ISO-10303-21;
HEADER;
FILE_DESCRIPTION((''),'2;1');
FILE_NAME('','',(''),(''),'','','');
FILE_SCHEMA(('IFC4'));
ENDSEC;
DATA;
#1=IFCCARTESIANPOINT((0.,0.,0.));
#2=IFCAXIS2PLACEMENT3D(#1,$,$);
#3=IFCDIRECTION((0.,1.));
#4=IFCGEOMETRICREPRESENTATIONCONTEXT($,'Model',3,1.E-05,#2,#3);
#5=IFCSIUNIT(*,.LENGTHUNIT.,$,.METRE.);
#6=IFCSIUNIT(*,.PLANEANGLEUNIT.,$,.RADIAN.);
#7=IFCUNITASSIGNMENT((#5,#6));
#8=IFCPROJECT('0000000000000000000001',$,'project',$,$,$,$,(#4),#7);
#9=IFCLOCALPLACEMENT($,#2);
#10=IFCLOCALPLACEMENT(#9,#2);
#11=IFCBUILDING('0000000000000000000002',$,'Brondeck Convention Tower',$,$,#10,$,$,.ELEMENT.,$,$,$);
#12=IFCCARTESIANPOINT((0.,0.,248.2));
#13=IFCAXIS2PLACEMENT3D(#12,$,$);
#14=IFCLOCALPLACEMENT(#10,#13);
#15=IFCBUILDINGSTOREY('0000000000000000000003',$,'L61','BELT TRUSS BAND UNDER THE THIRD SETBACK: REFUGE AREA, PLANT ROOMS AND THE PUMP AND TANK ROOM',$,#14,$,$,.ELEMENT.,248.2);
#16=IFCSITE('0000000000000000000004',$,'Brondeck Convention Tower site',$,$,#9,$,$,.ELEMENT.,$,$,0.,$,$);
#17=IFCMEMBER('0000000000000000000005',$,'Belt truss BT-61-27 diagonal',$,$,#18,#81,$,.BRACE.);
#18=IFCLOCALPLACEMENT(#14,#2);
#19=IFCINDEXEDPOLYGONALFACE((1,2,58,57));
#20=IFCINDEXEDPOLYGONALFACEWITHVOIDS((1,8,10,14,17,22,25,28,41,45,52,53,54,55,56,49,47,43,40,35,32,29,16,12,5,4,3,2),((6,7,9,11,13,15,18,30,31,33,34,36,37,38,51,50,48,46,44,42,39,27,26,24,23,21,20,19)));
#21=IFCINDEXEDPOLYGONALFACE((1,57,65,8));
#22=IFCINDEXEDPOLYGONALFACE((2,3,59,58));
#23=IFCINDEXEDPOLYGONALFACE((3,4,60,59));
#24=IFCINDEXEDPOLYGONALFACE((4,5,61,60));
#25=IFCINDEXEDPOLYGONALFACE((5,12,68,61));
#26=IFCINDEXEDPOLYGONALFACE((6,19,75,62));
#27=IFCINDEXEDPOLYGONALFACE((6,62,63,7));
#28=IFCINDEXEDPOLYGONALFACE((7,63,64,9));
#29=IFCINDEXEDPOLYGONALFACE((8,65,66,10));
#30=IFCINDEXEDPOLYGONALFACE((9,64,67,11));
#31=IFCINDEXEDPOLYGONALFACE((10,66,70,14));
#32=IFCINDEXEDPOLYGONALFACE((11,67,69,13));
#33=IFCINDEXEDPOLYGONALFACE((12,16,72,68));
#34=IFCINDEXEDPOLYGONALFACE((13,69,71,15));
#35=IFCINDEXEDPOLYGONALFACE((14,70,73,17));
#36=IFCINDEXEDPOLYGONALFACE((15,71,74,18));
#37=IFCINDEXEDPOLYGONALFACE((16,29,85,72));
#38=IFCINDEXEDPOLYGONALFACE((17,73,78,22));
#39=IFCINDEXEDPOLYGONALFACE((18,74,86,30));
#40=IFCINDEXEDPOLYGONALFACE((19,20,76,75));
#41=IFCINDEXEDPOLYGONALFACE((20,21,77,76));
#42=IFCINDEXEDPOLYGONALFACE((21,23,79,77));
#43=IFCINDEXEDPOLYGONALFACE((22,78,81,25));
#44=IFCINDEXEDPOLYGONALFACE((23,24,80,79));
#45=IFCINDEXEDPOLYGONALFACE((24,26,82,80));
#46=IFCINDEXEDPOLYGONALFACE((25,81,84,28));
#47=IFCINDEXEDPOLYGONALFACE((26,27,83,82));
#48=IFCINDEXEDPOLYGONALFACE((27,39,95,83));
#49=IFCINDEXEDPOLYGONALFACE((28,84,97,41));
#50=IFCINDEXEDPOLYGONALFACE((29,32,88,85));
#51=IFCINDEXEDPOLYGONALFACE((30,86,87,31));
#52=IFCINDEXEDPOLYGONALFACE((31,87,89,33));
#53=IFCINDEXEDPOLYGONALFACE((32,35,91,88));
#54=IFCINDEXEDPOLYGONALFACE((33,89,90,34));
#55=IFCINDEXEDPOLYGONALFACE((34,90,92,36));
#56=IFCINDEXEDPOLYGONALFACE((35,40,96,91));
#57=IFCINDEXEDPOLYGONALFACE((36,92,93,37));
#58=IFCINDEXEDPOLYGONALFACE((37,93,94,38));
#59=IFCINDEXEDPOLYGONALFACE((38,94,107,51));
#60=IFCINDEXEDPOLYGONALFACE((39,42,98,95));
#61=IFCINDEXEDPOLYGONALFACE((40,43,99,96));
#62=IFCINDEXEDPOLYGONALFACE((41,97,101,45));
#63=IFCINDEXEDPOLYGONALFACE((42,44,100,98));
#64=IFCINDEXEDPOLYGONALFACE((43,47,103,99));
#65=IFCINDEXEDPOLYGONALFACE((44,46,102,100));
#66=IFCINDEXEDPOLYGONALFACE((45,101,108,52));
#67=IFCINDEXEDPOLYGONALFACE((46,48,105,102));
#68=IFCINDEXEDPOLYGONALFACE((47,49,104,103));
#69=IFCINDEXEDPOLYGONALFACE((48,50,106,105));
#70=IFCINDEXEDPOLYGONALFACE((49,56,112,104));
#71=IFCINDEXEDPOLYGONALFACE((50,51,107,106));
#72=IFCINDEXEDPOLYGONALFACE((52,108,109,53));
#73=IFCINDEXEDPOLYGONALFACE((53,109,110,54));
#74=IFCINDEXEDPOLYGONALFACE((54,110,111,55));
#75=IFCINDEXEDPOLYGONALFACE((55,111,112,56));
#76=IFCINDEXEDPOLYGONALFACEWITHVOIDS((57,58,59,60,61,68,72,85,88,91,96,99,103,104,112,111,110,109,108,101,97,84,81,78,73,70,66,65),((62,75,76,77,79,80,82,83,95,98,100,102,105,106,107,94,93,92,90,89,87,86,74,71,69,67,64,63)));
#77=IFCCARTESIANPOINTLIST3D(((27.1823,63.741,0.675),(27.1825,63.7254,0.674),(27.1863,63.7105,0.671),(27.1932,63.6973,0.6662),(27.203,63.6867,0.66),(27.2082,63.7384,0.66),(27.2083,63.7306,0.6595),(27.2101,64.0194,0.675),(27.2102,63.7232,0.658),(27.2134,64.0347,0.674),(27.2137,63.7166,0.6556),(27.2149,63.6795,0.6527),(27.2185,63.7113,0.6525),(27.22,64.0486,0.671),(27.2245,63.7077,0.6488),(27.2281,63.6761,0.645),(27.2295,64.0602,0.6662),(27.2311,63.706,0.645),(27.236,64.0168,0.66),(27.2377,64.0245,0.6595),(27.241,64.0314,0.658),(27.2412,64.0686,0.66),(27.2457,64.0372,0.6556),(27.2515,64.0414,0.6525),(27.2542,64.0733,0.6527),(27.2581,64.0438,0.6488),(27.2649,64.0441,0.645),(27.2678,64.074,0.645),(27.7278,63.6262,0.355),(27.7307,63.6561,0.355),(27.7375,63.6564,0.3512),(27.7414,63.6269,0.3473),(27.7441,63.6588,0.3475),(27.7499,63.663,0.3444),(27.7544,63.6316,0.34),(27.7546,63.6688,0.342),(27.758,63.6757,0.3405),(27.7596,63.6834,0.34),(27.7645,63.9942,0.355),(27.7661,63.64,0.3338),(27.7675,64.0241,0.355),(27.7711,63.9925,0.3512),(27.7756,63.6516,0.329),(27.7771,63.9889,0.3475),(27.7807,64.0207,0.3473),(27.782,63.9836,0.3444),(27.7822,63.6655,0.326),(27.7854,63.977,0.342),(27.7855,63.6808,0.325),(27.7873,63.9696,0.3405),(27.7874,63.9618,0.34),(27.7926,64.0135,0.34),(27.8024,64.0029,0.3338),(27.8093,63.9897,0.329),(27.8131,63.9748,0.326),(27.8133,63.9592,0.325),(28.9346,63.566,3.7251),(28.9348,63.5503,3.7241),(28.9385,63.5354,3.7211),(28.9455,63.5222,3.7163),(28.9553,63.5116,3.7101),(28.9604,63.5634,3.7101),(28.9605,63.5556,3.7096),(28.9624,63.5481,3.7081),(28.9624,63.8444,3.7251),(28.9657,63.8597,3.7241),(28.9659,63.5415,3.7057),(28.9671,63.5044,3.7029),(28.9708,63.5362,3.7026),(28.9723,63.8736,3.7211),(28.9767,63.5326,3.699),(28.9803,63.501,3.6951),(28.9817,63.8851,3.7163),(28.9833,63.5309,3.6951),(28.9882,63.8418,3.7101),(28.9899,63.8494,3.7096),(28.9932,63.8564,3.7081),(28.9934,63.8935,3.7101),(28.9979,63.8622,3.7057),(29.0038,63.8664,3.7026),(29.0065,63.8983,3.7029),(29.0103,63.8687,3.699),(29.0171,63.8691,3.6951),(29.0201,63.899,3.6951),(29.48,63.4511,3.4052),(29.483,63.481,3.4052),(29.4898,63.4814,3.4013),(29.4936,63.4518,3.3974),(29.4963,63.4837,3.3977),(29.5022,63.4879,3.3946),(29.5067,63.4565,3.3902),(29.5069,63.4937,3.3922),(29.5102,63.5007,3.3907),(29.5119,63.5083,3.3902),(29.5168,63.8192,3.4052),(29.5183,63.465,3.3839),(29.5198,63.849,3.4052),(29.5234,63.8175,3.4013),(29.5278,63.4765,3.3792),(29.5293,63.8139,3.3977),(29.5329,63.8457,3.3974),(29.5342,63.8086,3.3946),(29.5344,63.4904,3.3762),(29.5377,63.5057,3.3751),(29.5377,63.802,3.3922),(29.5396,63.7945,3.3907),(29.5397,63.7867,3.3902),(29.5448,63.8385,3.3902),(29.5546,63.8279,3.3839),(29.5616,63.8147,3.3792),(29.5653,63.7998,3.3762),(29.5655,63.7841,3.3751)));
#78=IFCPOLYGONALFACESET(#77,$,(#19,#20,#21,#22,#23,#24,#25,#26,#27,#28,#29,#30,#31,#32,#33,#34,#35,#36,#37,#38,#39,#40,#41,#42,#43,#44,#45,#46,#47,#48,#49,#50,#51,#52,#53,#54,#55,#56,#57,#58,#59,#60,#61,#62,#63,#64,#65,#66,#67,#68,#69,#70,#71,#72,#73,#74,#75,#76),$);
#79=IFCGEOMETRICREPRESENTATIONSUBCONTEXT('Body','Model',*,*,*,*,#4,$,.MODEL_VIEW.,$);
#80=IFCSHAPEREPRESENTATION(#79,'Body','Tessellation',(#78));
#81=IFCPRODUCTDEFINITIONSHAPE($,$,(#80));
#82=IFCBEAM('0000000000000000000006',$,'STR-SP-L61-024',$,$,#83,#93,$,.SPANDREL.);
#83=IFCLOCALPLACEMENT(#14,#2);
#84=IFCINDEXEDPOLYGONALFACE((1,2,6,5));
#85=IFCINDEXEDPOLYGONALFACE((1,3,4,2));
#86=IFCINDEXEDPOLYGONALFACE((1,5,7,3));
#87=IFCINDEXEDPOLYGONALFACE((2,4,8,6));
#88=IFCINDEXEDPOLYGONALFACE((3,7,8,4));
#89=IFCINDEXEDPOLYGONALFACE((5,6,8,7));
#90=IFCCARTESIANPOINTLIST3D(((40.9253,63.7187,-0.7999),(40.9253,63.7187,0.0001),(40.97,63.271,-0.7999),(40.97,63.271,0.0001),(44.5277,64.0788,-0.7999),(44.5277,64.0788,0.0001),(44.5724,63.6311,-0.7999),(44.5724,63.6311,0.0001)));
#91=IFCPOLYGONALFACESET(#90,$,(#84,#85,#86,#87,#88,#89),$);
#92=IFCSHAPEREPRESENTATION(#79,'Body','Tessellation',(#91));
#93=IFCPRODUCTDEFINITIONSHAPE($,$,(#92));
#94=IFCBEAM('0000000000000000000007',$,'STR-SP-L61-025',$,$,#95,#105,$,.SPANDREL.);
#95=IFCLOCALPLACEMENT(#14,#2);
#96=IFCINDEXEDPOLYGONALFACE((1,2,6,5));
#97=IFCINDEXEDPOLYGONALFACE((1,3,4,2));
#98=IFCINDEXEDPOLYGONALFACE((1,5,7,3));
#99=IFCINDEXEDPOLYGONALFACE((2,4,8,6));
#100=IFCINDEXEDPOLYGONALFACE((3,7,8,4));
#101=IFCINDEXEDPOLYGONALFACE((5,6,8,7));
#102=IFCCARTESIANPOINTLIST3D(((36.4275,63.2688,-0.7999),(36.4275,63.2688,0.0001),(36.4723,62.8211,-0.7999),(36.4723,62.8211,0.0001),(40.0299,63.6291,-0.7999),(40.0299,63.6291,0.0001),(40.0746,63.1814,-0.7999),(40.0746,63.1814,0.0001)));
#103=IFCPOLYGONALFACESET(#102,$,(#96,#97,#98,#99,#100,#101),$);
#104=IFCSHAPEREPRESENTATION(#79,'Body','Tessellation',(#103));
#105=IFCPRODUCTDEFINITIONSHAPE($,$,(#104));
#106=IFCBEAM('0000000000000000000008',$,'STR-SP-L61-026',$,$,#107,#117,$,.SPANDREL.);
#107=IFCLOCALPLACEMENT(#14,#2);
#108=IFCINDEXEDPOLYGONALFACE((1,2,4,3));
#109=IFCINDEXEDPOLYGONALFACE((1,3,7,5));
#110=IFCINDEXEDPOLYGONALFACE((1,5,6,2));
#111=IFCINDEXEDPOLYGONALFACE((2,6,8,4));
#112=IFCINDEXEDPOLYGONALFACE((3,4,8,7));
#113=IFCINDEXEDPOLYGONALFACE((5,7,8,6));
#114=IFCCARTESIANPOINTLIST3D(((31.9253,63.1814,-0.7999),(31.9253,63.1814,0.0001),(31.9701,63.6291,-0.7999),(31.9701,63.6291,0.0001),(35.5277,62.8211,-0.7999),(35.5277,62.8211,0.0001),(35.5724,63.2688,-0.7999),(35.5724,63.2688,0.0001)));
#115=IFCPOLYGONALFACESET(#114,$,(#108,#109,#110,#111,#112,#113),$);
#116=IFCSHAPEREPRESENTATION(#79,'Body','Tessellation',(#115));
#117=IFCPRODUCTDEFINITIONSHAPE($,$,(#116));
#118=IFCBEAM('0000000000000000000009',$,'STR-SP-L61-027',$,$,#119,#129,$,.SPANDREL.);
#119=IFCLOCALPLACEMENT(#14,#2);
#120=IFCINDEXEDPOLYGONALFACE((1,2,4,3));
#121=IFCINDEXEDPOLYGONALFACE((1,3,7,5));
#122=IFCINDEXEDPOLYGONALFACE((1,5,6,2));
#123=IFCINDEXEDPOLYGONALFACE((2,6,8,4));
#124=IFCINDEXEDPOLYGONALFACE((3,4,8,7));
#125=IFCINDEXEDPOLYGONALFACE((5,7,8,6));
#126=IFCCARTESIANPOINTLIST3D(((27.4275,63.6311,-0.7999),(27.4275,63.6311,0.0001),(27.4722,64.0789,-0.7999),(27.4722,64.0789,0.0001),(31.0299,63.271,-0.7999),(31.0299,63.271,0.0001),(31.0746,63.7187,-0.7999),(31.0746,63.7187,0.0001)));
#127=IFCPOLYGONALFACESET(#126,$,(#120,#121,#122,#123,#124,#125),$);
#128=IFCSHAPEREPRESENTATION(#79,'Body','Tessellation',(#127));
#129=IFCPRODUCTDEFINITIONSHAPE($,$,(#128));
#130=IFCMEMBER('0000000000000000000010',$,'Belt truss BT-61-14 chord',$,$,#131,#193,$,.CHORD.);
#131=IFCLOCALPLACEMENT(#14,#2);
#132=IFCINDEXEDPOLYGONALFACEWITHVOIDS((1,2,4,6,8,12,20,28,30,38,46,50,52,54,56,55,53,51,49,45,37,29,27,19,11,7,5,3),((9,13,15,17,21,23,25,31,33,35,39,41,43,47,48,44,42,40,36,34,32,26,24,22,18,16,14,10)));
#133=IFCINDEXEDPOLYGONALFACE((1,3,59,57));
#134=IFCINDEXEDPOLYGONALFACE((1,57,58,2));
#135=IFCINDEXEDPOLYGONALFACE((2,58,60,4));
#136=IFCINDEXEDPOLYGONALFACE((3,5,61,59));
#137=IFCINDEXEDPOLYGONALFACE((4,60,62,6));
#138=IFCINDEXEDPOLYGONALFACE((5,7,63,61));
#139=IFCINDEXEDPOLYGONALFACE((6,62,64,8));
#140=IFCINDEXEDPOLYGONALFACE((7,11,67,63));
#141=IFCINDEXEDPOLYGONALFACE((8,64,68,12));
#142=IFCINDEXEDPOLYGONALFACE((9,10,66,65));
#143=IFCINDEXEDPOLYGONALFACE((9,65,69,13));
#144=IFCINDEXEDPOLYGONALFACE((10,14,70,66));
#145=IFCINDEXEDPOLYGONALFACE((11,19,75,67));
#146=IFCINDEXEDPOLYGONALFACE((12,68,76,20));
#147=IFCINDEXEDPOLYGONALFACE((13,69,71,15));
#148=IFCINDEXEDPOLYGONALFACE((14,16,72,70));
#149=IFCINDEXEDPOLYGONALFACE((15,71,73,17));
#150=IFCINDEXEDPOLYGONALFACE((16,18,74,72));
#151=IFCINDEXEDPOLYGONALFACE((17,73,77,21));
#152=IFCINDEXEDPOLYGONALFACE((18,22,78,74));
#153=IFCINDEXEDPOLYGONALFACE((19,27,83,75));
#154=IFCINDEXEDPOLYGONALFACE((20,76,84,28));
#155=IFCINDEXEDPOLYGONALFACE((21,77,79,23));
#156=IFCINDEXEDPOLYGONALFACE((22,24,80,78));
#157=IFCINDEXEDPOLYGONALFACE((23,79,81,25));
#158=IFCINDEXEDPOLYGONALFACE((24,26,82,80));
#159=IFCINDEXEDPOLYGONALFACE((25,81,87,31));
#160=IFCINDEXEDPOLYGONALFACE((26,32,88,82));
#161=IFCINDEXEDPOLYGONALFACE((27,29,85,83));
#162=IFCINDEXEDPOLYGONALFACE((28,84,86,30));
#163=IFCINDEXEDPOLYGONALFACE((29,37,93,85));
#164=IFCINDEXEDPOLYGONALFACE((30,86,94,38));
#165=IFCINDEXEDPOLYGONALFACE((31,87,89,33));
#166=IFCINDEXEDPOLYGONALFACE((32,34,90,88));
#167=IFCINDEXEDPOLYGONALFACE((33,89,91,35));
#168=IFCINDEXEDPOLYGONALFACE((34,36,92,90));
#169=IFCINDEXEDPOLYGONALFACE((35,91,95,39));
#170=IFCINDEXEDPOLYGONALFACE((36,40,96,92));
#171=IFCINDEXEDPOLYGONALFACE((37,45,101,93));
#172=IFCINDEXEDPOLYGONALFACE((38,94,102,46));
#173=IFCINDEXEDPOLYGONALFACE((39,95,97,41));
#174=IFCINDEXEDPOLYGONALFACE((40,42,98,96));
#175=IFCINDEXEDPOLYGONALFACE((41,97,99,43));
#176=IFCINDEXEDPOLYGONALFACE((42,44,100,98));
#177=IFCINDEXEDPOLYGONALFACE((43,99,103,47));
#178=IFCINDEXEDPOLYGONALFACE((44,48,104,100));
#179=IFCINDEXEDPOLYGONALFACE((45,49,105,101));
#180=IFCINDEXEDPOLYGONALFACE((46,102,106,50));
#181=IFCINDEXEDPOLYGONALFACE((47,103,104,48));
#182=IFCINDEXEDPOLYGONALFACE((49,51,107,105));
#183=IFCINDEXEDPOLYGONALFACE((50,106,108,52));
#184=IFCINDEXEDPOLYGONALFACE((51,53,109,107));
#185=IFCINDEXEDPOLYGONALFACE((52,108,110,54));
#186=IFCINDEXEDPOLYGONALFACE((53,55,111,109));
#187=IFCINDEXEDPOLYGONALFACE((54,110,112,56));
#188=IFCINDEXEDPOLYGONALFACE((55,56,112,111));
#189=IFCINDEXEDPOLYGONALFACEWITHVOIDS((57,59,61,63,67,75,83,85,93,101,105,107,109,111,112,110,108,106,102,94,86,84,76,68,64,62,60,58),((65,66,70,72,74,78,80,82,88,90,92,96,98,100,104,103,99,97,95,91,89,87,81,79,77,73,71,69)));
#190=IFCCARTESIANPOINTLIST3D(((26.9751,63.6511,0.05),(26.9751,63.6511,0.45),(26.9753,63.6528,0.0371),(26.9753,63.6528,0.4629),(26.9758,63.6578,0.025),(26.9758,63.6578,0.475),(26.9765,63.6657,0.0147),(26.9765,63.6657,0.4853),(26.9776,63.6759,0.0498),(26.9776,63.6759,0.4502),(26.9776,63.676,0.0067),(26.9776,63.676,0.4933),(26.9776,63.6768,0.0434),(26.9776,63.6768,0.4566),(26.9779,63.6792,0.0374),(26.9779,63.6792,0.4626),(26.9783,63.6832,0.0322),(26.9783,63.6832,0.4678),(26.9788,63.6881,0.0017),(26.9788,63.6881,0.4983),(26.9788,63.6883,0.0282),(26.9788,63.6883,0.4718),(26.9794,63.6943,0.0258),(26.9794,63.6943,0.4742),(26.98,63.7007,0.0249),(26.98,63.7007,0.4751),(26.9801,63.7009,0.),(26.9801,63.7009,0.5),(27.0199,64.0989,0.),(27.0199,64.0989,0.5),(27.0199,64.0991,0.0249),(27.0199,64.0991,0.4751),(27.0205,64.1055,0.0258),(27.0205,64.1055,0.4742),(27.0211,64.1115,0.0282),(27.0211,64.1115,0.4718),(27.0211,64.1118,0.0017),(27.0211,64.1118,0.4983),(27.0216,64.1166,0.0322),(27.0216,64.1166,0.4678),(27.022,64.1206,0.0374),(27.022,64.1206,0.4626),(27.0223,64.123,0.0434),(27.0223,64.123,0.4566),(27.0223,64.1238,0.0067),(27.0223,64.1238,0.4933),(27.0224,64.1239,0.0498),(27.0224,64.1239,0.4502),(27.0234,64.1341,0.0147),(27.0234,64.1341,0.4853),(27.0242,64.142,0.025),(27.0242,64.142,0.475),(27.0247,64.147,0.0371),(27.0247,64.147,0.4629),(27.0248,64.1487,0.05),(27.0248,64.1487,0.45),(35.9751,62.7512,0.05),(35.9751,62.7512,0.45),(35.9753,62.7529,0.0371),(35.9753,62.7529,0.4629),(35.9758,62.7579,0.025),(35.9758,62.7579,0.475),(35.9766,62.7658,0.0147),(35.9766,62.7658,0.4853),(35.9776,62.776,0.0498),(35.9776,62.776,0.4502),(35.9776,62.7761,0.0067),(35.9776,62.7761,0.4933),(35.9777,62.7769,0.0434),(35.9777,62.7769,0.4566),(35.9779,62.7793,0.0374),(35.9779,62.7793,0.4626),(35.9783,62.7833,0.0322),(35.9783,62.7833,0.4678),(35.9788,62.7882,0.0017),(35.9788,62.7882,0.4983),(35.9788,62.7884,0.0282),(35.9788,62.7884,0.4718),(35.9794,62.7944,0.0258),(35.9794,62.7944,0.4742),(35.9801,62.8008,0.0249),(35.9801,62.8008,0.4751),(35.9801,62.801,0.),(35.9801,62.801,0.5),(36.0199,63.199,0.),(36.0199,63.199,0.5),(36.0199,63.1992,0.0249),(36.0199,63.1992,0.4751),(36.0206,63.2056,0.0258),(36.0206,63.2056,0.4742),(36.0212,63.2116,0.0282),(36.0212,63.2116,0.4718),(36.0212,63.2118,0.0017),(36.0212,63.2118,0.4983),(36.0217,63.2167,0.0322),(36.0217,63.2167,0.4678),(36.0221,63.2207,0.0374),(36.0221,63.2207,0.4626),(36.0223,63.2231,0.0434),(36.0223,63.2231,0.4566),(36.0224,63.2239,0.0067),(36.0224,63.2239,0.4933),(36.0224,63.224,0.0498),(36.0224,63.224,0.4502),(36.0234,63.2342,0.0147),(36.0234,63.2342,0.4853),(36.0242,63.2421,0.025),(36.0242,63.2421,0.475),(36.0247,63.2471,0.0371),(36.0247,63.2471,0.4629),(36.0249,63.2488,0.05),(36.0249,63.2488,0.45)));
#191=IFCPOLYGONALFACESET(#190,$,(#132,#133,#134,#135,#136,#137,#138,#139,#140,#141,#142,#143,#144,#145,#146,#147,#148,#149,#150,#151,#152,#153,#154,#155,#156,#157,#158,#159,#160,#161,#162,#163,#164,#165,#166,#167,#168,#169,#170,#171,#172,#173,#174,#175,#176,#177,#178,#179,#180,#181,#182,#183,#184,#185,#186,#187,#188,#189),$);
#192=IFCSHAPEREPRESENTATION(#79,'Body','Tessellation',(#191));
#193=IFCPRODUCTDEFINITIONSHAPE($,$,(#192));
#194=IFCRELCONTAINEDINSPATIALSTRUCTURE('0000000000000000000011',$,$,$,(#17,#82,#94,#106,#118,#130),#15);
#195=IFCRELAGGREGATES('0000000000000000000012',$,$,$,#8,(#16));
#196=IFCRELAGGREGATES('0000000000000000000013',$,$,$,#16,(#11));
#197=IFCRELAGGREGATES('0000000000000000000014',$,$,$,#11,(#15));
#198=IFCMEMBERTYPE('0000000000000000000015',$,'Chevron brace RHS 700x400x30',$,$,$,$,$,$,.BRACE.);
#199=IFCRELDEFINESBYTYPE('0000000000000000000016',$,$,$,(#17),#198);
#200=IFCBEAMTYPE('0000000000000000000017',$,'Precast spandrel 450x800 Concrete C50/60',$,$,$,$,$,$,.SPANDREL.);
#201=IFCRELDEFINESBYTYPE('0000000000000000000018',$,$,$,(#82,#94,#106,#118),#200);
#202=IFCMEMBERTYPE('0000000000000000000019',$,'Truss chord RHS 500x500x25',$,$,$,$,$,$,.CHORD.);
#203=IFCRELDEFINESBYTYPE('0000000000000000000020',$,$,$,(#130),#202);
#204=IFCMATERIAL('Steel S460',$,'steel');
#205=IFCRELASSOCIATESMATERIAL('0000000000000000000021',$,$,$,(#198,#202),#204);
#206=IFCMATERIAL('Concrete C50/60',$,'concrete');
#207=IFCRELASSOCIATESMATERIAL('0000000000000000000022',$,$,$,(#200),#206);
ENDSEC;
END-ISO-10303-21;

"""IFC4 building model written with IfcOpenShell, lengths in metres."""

from ifc_helpers import new_model, si_unit, direction, frame, origin, origin_2d, place, context, subcontext, project, spatial, rectangle, hollow_rectangle, extrude, material, material_profile, profile_set, type_object, element, save


model = new_model("IFC4")

# Units and contexts
model_context = context("Model", 3, precision=1e-05, world=origin(), true_north=direction((0.0, 1.0)))
body_context = subcontext(model_context, "Body", "Model", "MODEL_VIEW")
ifc_project = project(units=[si_unit("LENGTHUNIT", "METRE"), si_unit("PLANEANGLEUNIT", "RADIAN")], contexts=[model_context])

# Site, building, storey
site_placement = place(None, origin())
site = spatial("IfcSite", under=ifc_project, at=site_placement, Name="Brondeck Convention Tower site", CompositionType="ELEMENT", RefElevation=0.0)
building_placement = place(site_placement, origin())
building = spatial("IfcBuilding", under=site, at=building_placement, Name="Brondeck Convention Tower", CompositionType="ELEMENT")
storey_placement = place(building_placement, frame((0.0, 0.0, 248.2)))
storey = spatial("IfcBuildingStorey", under=building, at=storey_placement, Name="L61", Description="BELT TRUSS BAND UNDER THE THIRD SETBACK: REFUGE AREA, PLANT ROOMS AND THE PUMP AND TANK ROOM", CompositionType="ELEMENT", Elevation=248.2)

# Shared definitions
ifc_material_1 = material(Name="Concrete C50/60", Category="concrete")

# Member
ifc_material_2 = material(Name="Steel S460", Category="steel")
ifc_material_profile_1 = material_profile(ifc_material_2, hollow_rectangle(XDim=0.3999, YDim=0.7, WallThickness=0.03, InnerFilletRadius=0.03, OuterFilletRadius=0.0601, at=origin_2d()), Name="RHS 700x400x30")
ifc_profile_set_1 = profile_set([ifc_material_profile_1], Name="Steel S460")
member_type_1 = type_object("IfcMemberType", Name="Chevron brace RHS 700x400x30", PredefinedType="BRACE", material=ifc_profile_set_1)
for number, where, z_axis, x_axis, name in (
    (1, (27.4978, 63.8501, 0.5), (0.497518, -0.049703, 0.866029), (0.099408, 0.995047, 0.0), "Belt truss BT-61-27 diagonal"),
):
    element("IfcMember", number, at=place(storey_placement, frame(where, z_axis=z_axis, x_axis=x_axis)), inside=storey, type_object=member_type_1, Name=name, PredefinedType="BRACE", context=body_context, shape_type="SweptSolid", body=[
        extrude(hollow_rectangle(XDim=0.3999, YDim=0.7, WallThickness=0.03, InnerFilletRadius=0.03, OuterFilletRadius=0.0601, at=origin_2d()), origin(), (0.0, 0.0, 1.0), 3.522),
    ])

# Beams
ifc_material_profile_2 = material_profile(ifc_material_1, rectangle(XDim=0.45, YDim=0.8, at=origin_2d()), Name="Precast spandrel 450x800 Concrete C50/60")
ifc_profile_set_2 = profile_set([ifc_material_profile_2], Name="Concrete C50/60")
beam_type = type_object("IfcBeamType", Name="Precast spandrel 450x800 Concrete C50/60", PredefinedType="SPANDREL", material=ifc_profile_set_2)
for number, where, z_axis, x_axis, name in (
    (2, (44.55, 63.855, -0.3999), (-0.995041, -0.09947, 0.0), (0.09947, -0.995041, 0.0), "STR-SP-L61-024"),
    (3, (40.0522, 63.4053, -0.3999), (-0.995034, -0.099537, 0.0), (0.099537, -0.995034, 0.0), "STR-SP-L61-025"),
    (4, (35.55, 63.0449, -0.3999), (-0.995034, 0.099537, 0.0), (-0.099537, -0.995034, 0.0), "STR-SP-L61-026"),
    (5, (31.0522, 63.4949, -0.3999), (-0.995041, 0.09947, 0.0), (-0.09947, -0.995041, 0.0), "STR-SP-L61-027"),
):
    element("IfcBeam", number, at=place(storey_placement, frame(where, z_axis=z_axis, x_axis=x_axis)), inside=storey, type_object=beam_type, Name=name, PredefinedType="SPANDREL", context=body_context, shape_type="SweptSolid", body=[
        extrude(rectangle(XDim=0.45, YDim=0.8, at=origin_2d()), origin(), (0.0, 0.0, 1.0), 3.6204),
    ])

# Member
ifc_material_profile_3 = material_profile(ifc_material_2, hollow_rectangle(XDim=0.5, YDim=0.5, WallThickness=0.0249, InnerFilletRadius=0.0249, OuterFilletRadius=0.05, at=origin_2d()), Name="RHS 500x500x25")
ifc_profile_set_3 = profile_set([ifc_material_profile_3], Name="Steel S460")
member_type_2 = type_object("IfcMemberType", Name="Truss chord RHS 500x500x25", PredefinedType="CHORD", material=ifc_profile_set_3)
member_1_placement = place(storey_placement, frame((36.0, 63.0, 0.25), z_axis=(-0.995038, 0.099493, 0.0), x_axis=(-0.099493, -0.995038, 0.0)))
element("IfcMember", 6, at=member_1_placement, inside=storey, type_object=member_type_2, Name="Belt truss BT-61-14 chord", PredefinedType="CHORD", context=body_context, shape_type="SweptSolid", body=[
    extrude(hollow_rectangle(XDim=0.5, YDim=0.5, WallThickness=0.0249, InnerFilletRadius=0.0249, OuterFilletRadius=0.05, at=origin_2d()), origin(), (0.0, 0.0, 1.0), 9.0449),
])

save(model, "model.ifc")
